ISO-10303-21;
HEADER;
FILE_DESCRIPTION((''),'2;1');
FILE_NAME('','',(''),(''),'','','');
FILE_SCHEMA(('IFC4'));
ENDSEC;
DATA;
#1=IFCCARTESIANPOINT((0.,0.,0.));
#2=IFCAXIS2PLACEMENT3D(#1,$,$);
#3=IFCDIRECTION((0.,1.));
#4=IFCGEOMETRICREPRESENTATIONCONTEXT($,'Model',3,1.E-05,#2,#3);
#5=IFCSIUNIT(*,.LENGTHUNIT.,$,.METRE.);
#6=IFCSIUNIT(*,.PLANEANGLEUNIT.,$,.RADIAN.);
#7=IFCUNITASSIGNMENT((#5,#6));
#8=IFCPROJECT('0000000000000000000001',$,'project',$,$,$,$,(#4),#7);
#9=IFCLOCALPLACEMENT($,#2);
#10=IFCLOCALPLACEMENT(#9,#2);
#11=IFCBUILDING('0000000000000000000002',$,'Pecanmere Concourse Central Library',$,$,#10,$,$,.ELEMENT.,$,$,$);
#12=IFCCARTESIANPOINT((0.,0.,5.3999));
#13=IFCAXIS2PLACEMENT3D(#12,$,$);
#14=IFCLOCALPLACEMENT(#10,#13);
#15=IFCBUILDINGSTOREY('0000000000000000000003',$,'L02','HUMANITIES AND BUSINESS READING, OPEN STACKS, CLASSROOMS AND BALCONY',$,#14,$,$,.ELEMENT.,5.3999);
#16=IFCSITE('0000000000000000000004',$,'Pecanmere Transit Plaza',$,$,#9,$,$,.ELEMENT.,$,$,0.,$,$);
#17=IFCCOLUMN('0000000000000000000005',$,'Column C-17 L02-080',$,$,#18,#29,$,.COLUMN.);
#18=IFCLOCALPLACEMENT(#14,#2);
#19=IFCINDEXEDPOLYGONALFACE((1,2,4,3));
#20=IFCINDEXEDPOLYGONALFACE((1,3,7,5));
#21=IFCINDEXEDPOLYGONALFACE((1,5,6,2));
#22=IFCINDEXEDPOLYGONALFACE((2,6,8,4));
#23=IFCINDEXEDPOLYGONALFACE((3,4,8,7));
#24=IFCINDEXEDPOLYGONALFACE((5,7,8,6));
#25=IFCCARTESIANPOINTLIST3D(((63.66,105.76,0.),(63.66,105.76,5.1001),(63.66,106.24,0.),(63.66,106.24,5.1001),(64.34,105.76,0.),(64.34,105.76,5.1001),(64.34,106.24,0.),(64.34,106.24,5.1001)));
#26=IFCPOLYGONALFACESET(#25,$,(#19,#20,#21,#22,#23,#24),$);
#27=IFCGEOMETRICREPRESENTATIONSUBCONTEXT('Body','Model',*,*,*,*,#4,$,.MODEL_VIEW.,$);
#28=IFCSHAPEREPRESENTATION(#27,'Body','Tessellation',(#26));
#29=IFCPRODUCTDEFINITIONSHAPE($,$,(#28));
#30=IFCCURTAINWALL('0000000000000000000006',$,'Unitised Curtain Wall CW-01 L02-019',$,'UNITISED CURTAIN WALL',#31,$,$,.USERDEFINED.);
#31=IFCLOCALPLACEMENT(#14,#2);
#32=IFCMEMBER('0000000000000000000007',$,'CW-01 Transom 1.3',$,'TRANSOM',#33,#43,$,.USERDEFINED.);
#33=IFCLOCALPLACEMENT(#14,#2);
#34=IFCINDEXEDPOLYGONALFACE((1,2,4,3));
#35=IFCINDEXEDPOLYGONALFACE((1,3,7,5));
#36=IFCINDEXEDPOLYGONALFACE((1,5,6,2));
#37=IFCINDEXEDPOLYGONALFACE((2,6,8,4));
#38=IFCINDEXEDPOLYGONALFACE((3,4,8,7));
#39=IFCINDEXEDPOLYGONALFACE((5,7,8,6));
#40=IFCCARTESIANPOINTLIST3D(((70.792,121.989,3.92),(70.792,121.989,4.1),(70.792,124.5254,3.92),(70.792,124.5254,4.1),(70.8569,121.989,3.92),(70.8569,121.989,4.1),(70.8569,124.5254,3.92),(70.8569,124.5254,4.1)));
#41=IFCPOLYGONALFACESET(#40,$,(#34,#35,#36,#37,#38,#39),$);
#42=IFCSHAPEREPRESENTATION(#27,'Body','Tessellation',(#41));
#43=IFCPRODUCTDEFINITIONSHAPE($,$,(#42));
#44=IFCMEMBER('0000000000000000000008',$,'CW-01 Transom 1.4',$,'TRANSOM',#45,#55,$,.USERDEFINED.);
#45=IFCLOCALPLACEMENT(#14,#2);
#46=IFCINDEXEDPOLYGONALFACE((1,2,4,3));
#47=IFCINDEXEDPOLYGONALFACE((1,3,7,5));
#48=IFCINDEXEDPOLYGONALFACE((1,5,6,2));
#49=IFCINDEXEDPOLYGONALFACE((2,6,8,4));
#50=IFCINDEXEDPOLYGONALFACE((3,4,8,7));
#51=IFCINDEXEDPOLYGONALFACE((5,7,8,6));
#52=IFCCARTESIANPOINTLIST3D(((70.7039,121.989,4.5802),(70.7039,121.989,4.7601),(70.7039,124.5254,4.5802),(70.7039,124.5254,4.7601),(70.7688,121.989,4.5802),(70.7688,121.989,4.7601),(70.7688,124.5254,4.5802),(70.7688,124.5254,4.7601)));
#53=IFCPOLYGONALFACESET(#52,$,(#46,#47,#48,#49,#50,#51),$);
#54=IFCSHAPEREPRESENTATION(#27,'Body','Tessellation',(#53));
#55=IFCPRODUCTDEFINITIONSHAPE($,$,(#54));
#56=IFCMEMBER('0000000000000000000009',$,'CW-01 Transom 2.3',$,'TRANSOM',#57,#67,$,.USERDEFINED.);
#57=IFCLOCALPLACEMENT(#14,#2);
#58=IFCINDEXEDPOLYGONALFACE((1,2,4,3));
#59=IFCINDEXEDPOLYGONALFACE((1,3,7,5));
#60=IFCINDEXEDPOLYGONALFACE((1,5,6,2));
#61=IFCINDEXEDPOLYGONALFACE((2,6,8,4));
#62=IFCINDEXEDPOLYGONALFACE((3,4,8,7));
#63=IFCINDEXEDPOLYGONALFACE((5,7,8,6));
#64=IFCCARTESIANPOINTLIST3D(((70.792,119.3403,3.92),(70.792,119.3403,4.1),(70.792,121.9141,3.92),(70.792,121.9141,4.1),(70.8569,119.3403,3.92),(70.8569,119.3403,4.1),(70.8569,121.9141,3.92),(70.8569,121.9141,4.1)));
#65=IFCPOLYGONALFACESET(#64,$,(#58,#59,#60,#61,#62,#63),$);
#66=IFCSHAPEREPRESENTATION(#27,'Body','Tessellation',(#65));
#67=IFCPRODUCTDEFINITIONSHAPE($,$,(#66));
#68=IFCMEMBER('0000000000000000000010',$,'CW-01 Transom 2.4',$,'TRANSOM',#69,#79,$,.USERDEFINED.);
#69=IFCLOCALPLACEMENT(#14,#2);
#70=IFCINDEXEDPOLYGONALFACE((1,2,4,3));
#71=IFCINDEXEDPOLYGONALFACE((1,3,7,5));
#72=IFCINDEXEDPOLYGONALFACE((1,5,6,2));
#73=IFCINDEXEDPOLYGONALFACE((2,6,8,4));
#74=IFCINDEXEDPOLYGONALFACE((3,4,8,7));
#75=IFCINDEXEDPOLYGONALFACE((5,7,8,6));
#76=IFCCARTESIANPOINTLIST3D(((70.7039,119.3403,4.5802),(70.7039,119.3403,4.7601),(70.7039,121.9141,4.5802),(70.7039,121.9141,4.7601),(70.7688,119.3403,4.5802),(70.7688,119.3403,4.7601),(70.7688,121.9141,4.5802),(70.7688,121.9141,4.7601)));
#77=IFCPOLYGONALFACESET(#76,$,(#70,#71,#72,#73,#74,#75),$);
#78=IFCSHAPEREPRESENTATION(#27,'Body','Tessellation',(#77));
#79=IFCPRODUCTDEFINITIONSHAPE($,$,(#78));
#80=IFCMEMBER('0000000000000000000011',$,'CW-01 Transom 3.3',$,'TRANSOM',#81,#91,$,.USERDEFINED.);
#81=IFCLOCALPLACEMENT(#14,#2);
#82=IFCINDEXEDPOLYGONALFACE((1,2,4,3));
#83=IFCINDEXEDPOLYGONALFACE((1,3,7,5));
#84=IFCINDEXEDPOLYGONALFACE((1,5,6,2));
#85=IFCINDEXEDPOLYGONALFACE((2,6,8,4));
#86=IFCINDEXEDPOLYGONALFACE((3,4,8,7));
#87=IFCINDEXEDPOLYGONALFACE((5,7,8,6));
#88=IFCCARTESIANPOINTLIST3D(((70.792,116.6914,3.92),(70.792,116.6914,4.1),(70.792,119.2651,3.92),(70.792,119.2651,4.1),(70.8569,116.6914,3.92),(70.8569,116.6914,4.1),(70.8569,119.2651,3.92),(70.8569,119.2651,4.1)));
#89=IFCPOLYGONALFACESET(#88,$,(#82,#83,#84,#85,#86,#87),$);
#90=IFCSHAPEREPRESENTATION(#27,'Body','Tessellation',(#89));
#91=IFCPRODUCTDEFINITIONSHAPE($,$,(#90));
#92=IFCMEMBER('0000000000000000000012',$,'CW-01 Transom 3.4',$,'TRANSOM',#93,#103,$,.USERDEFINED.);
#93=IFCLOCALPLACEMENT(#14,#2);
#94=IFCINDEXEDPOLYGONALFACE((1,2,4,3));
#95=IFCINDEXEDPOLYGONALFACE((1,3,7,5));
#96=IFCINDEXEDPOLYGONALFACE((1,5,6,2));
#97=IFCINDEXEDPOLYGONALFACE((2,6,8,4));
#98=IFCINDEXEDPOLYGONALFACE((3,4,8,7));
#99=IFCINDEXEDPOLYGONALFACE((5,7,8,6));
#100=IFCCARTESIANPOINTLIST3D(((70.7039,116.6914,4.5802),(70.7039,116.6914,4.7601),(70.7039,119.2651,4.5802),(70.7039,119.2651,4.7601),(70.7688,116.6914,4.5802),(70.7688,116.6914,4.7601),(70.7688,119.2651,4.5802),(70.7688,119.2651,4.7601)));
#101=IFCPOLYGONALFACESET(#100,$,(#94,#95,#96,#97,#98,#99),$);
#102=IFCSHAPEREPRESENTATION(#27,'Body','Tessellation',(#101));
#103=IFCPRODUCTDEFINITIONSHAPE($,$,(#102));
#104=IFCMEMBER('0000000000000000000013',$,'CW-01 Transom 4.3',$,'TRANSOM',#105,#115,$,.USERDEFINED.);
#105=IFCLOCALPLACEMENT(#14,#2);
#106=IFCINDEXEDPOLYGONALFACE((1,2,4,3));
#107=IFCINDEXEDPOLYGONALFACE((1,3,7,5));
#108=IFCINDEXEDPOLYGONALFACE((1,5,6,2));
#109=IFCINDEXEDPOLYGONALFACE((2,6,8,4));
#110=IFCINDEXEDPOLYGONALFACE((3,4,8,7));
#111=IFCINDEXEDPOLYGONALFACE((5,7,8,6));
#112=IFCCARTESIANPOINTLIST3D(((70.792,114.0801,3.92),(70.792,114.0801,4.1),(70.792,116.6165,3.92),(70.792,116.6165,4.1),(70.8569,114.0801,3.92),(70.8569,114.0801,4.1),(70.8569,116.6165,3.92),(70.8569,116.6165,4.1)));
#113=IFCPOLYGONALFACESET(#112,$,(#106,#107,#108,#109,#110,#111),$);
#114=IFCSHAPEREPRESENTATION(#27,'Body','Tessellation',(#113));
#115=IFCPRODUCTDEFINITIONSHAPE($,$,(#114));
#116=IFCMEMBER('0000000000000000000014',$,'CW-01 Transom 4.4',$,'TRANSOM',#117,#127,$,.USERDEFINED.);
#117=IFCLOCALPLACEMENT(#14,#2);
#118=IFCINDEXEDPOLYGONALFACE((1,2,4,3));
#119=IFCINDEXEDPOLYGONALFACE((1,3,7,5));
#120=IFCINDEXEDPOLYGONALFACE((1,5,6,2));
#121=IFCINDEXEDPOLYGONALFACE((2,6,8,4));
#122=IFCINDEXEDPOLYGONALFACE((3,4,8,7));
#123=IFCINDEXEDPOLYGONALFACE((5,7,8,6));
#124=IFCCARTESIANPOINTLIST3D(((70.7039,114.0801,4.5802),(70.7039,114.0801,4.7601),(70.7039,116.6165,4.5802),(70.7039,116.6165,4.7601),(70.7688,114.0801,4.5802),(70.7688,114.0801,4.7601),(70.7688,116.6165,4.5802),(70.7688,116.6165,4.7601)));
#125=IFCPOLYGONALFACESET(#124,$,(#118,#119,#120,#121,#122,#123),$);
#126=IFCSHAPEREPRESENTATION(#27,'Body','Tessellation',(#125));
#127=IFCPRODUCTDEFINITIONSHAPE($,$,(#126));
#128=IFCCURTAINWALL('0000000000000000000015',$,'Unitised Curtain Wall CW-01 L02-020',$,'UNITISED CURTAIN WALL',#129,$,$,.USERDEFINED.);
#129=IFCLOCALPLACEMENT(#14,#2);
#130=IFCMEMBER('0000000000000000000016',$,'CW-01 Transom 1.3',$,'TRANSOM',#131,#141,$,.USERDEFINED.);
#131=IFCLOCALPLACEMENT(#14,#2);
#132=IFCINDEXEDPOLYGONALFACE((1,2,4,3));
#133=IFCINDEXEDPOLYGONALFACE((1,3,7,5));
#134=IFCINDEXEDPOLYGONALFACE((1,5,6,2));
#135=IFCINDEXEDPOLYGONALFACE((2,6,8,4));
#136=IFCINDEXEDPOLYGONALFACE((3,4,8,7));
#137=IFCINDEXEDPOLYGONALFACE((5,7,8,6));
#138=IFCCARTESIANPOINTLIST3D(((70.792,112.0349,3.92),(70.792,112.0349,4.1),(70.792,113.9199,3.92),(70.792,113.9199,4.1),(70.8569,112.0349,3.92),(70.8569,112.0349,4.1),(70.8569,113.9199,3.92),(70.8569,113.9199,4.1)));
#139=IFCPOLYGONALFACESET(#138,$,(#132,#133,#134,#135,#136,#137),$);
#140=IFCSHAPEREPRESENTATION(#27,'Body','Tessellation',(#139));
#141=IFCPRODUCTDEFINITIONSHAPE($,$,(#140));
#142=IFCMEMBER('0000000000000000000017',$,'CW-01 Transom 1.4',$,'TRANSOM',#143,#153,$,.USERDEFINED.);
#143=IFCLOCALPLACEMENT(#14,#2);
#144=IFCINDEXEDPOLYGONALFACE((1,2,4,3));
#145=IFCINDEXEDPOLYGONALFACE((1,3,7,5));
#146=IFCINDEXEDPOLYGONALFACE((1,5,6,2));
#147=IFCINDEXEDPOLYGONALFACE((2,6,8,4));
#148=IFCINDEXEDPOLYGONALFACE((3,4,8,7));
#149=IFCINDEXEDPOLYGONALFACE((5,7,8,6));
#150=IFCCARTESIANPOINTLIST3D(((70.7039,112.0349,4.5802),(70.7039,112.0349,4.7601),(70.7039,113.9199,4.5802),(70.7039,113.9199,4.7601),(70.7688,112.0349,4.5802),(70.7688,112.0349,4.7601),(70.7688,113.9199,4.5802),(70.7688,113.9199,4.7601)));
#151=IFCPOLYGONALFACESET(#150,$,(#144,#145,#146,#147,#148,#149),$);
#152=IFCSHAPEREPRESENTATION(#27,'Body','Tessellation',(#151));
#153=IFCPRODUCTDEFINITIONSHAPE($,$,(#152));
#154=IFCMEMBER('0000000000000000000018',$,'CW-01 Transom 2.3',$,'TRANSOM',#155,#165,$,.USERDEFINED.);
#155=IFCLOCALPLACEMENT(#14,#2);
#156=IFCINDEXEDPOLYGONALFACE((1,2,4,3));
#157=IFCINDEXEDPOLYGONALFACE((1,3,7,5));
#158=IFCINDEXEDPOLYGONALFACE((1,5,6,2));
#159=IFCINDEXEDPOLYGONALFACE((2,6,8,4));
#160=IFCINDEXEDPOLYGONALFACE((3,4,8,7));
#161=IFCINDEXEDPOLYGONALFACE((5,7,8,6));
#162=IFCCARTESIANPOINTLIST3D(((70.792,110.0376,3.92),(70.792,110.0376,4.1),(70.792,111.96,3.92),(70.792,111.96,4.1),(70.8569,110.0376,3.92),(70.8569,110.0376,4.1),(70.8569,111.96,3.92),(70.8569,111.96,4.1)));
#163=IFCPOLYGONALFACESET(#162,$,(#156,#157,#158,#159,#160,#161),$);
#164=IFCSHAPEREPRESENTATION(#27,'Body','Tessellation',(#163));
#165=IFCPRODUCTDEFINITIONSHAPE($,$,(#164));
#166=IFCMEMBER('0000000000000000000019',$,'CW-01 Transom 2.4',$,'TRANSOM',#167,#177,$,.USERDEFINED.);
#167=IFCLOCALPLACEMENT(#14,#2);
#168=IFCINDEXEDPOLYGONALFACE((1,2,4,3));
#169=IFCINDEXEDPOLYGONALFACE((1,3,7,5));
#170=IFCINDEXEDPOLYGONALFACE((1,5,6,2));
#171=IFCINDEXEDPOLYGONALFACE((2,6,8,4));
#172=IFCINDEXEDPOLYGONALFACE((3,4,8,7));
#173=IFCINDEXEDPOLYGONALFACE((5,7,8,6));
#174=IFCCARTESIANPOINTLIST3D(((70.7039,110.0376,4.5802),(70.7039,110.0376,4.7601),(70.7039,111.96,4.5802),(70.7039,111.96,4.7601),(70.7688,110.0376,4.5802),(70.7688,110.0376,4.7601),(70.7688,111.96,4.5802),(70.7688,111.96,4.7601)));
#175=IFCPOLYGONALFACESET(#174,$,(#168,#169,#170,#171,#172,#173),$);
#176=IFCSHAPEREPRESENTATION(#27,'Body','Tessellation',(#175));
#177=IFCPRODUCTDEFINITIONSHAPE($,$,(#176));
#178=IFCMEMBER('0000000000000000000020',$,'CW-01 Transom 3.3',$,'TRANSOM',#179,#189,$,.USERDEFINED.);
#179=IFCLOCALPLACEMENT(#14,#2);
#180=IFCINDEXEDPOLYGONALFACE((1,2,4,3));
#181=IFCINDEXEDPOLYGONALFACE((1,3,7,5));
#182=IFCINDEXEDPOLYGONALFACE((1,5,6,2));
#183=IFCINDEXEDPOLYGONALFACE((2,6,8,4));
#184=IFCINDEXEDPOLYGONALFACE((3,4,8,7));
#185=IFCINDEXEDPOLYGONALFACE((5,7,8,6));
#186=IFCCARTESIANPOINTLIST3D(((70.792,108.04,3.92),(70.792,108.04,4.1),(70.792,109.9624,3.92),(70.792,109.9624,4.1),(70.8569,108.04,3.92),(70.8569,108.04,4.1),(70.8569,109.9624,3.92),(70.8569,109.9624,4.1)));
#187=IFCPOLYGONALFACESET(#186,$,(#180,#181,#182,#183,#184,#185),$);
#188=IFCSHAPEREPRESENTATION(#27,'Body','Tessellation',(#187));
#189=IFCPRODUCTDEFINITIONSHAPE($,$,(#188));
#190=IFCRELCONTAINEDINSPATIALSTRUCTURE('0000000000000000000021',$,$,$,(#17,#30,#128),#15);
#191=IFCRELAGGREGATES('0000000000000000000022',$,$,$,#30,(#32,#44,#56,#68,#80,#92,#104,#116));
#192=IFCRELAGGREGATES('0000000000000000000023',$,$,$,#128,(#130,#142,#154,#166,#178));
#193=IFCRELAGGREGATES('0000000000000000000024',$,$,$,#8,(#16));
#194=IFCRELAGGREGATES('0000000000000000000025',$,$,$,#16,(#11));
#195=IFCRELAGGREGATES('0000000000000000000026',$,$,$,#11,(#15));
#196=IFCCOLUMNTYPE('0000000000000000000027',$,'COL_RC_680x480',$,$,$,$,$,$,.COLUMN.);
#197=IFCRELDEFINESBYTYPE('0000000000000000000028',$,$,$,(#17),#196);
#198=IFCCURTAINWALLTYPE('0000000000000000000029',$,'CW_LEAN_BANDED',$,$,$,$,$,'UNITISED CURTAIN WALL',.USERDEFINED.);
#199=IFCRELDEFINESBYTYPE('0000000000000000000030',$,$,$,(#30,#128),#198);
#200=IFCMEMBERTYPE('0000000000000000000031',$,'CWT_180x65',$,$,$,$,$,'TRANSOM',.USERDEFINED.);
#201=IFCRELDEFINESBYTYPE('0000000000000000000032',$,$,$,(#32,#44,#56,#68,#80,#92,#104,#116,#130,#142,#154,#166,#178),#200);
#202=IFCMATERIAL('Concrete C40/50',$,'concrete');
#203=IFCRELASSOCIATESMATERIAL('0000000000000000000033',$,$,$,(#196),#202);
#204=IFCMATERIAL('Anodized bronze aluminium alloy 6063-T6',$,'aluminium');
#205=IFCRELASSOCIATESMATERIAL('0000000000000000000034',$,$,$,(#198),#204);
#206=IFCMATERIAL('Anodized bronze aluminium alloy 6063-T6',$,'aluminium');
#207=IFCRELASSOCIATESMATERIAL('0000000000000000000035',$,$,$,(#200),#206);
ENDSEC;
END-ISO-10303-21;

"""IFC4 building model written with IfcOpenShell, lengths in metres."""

from ifc_helpers import new_model, si_unit, direction, frame, origin, origin_2d, place, context, subcontext, project, spatial, rectangle, extrude, material, material_profile, profile_set, type_object, element, aggregate, save


model = new_model("IFC4")

# Units and contexts
model_context = context("Model", 3, precision=1e-05, world=origin(), true_north=direction((0.0, 1.0)))
body_context = subcontext(model_context, "Body", "Model", "MODEL_VIEW")
ifc_project = project(units=[si_unit("LENGTHUNIT", "METRE"), si_unit("PLANEANGLEUNIT", "RADIAN")], contexts=[model_context])

# Site, building, storey
site_placement = place(None, origin())
site = spatial("IfcSite", under=ifc_project, at=site_placement, Name="Pecanmere Transit Plaza", CompositionType="ELEMENT", RefElevation=0.0)
building_placement = place(site_placement, origin())
building = spatial("IfcBuilding", under=site, at=building_placement, Name="Pecanmere Concourse Central Library", CompositionType="ELEMENT")
storey_placement = place(building_placement, frame((0.0, 0.0, 5.3999)))
storey = spatial("IfcBuildingStorey", under=building, at=storey_placement, Name="L02", Description="HUMANITIES AND BUSINESS READING, OPEN STACKS, CLASSROOMS AND BALCONY", CompositionType="ELEMENT", Elevation=5.3999)

# Column
ifc_material_1 = material(Name="Concrete C40/50", Category="concrete")
ifc_material_profile_1 = material_profile(ifc_material_1, rectangle(XDim=0.6799, YDim=0.48, at=origin_2d()), Name="RC 680x480")
ifc_profile_set_1 = profile_set([ifc_material_profile_1], Name="Concrete C40/50")
column_type = type_object("IfcColumnType", Name="COL_RC_680x480", PredefinedType="COLUMN", material=ifc_profile_set_1)
column_placement = place(storey_placement, frame((64.0, 106.0, 0.0), z_axis=(0.0, 0.0, 1.0), x_axis=(1.0, 0.0, 0.0)))
element("IfcColumn", 1, at=column_placement, inside=storey, type_object=column_type, Name="Column C-17 L02-080", PredefinedType="COLUMN", context=body_context, shape_type="SweptSolid", body=[
    extrude(rectangle(XDim=0.6799, YDim=0.48, at=origin_2d()), origin(), (0.0, 0.0, 1.0), 5.1001),
])

# Curtain walls, members
ifc_material_2 = material(Name="Anodized bronze aluminium alloy 6063-T6", Category="aluminium")
curtain_wall_type = type_object("IfcCurtainWallType", Name="CW_LEAN_BANDED", ElementType="UNITISED CURTAIN WALL", PredefinedType="USERDEFINED", material=ifc_material_2)
curtain_wall_1_placement = place(storey_placement, origin())
curtain_wall_1 = element("IfcCurtainWall", 2, at=curtain_wall_1_placement, inside=storey, type_object=curtain_wall_type, Name="Unitised Curtain Wall CW-01 L02-019", ObjectType="UNITISED CURTAIN WALL", PredefinedType="USERDEFINED")
ifc_material_3 = material(Name="Anodized bronze aluminium alloy 6063-T6", Category="aluminium")
ifc_material_profile_2 = material_profile(ifc_material_3, rectangle(XDim=0.0649, YDim=0.1799, at=origin_2d()), Name="AL 65x180")
ifc_profile_set_2 = profile_set([ifc_material_profile_2], Name="Anodized bronze aluminium alloy 6063-T6")
member_type = type_object("IfcMemberType", Name="CWT_180x65", ElementType="TRANSOM", PredefinedType="USERDEFINED", material=ifc_profile_set_2)
member_1_placement = place(storey_placement, frame((70.8245, 124.5254, 4.01), z_axis=(0.0, -1.0, 0.0), x_axis=(1.0, 0.0, 0.0)))
member_1 = element("IfcMember", 3, at=member_1_placement, type_object=member_type, Name="CW-01 Transom 1.3", ObjectType="TRANSOM", PredefinedType="USERDEFINED", context=body_context, shape_type="SweptSolid", body=[
    extrude(rectangle(XDim=0.0649, YDim=0.1799, at=origin_2d()), origin(), (0.0, 0.0, 1.0), 2.5364),
])
member_2_placement = place(storey_placement, frame((70.7363, 124.5254, 4.6702), z_axis=(0.0, -1.0, 0.0), x_axis=(1.0, 0.0, 0.0)))
member_2 = element("IfcMember", 4, at=member_2_placement, type_object=member_type, Name="CW-01 Transom 1.4", ObjectType="TRANSOM", PredefinedType="USERDEFINED", context=body_context, shape_type="SweptSolid", body=[
    extrude(rectangle(XDim=0.0649, YDim=0.1799, at=origin_2d()), origin(), (0.0, 0.0, 1.0), 2.5364),
])
member_3_placement = place(storey_placement, frame((70.8245, 121.9141, 4.01), z_axis=(0.0, -1.0, 0.0), x_axis=(1.0, 0.0, 0.0)))
member_3 = element("IfcMember", 5, at=member_3_placement, type_object=member_type, Name="CW-01 Transom 2.3", ObjectType="TRANSOM", PredefinedType="USERDEFINED", context=body_context, shape_type="SweptSolid", body=[
    extrude(rectangle(XDim=0.0649, YDim=0.1799, at=origin_2d()), origin(), (0.0, 0.0, 1.0), 2.5737),
])
member_4_placement = place(storey_placement, frame((70.7363, 121.9141, 4.6702), z_axis=(0.0, -1.0, 0.0), x_axis=(1.0, 0.0, 0.0)))
member_4 = element("IfcMember", 6, at=member_4_placement, type_object=member_type, Name="CW-01 Transom 2.4", ObjectType="TRANSOM", PredefinedType="USERDEFINED", context=body_context, shape_type="SweptSolid", body=[
    extrude(rectangle(XDim=0.0649, YDim=0.1799, at=origin_2d()), origin(), (0.0, 0.0, 1.0), 2.5737),
])
member_5_placement = place(storey_placement, frame((70.8245, 119.2651, 4.01), z_axis=(0.0, -1.0, 0.0), x_axis=(1.0, 0.0, 0.0)))
member_5 = element("IfcMember", 7, at=member_5_placement, type_object=member_type, Name="CW-01 Transom 3.3", ObjectType="TRANSOM", PredefinedType="USERDEFINED", context=body_context, shape_type="SweptSolid", body=[
    extrude(rectangle(XDim=0.0649, YDim=0.1799, at=origin_2d()), origin(), (0.0, 0.0, 1.0), 2.5737),
])
member_6_placement = place(storey_placement, frame((70.7363, 119.2651, 4.6702), z_axis=(0.0, -1.0, 0.0), x_axis=(1.0, 0.0, 0.0)))
member_6 = element("IfcMember", 8, at=member_6_placement, type_object=member_type, Name="CW-01 Transom 3.4", ObjectType="TRANSOM", PredefinedType="USERDEFINED", context=body_context, shape_type="SweptSolid", body=[
    extrude(rectangle(XDim=0.0649, YDim=0.1799, at=origin_2d()), origin(), (0.0, 0.0, 1.0), 2.5737),
])
member_7_placement = place(storey_placement, frame((70.8245, 116.6165, 4.01), z_axis=(0.0, -1.0, 0.0), x_axis=(1.0, 0.0, 0.0)))
member_7 = element("IfcMember", 9, at=member_7_placement, type_object=member_type, Name="CW-01 Transom 4.3", ObjectType="TRANSOM", PredefinedType="USERDEFINED", context=body_context, shape_type="SweptSolid", body=[
    extrude(rectangle(XDim=0.0649, YDim=0.1799, at=origin_2d()), origin(), (0.0, 0.0, 1.0), 2.5364),
])
member_8_placement = place(storey_placement, frame((70.7363, 116.6165, 4.6702), z_axis=(0.0, -1.0, 0.0), x_axis=(1.0, 0.0, 0.0)))
member_8 = element("IfcMember", 10, at=member_8_placement, type_object=member_type, Name="CW-01 Transom 4.4", ObjectType="TRANSOM", PredefinedType="USERDEFINED", context=body_context, shape_type="SweptSolid", body=[
    extrude(rectangle(XDim=0.0649, YDim=0.1799, at=origin_2d()), origin(), (0.0, 0.0, 1.0), 2.5364),
])
curtain_wall_2_placement = place(storey_placement, origin())
curtain_wall_2 = element("IfcCurtainWall", 11, at=curtain_wall_2_placement, inside=storey, type_object=curtain_wall_type, Name="Unitised Curtain Wall CW-01 L02-020", ObjectType="UNITISED CURTAIN WALL", PredefinedType="USERDEFINED")
member_9_placement = place(storey_placement, frame((70.8245, 113.9199, 4.01), z_axis=(0.0, -1.0, 0.0), x_axis=(1.0, 0.0, 0.0)))
member_9 = element("IfcMember", 12, at=member_9_placement, type_object=member_type, Name="CW-01 Transom 1.3", ObjectType="TRANSOM", PredefinedType="USERDEFINED", context=body_context, shape_type="SweptSolid", body=[
    extrude(rectangle(XDim=0.0649, YDim=0.1799, at=origin_2d()), origin(), (0.0, 0.0, 1.0), 1.885),
])
member_10_placement = place(storey_placement, frame((70.7363, 113.9199, 4.6702), z_axis=(0.0, -1.0, 0.0), x_axis=(1.0, 0.0, 0.0)))
member_10 = element("IfcMember", 13, at=member_10_placement, type_object=member_type, Name="CW-01 Transom 1.4", ObjectType="TRANSOM", PredefinedType="USERDEFINED", context=body_context, shape_type="SweptSolid", body=[
    extrude(rectangle(XDim=0.0649, YDim=0.1799, at=origin_2d()), origin(), (0.0, 0.0, 1.0), 1.885),
])
member_11_placement = place(storey_placement, frame((70.8245, 111.96, 4.01), z_axis=(0.0, -1.0, 0.0), x_axis=(1.0, 0.0, 0.0)))
member_11 = element("IfcMember", 14, at=member_11_placement, type_object=member_type, Name="CW-01 Transom 2.3", ObjectType="TRANSOM", PredefinedType="USERDEFINED", context=body_context, shape_type="SweptSolid", body=[
    extrude(rectangle(XDim=0.0649, YDim=0.1799, at=origin_2d()), origin(), (0.0, 0.0, 1.0), 1.9224),
])
member_12_placement = place(storey_placement, frame((70.7363, 111.96, 4.6702), z_axis=(0.0, -1.0, 0.0), x_axis=(1.0, 0.0, 0.0)))
member_12 = element("IfcMember", 15, at=member_12_placement, type_object=member_type, Name="CW-01 Transom 2.4", ObjectType="TRANSOM", PredefinedType="USERDEFINED", context=body_context, shape_type="SweptSolid", body=[
    extrude(rectangle(XDim=0.0649, YDim=0.1799, at=origin_2d()), origin(), (0.0, 0.0, 1.0), 1.9224),
])
member_13_placement = place(storey_placement, frame((70.8245, 109.9624, 4.01), z_axis=(0.0, -1.0, 0.0), x_axis=(1.0, 0.0, 0.0)))
member_13 = element("IfcMember", 16, at=member_13_placement, type_object=member_type, Name="CW-01 Transom 3.3", ObjectType="TRANSOM", PredefinedType="USERDEFINED", context=body_context, shape_type="SweptSolid", body=[
    extrude(rectangle(XDim=0.0649, YDim=0.1799, at=origin_2d()), origin(), (0.0, 0.0, 1.0), 1.9224),
])

aggregate(curtain_wall_1, [member_1, member_2, member_3, member_4, member_5, member_6, member_7, member_8])
aggregate(curtain_wall_2, [member_9, member_10, member_11, member_12, member_13])

save(model, "model.ifc")
